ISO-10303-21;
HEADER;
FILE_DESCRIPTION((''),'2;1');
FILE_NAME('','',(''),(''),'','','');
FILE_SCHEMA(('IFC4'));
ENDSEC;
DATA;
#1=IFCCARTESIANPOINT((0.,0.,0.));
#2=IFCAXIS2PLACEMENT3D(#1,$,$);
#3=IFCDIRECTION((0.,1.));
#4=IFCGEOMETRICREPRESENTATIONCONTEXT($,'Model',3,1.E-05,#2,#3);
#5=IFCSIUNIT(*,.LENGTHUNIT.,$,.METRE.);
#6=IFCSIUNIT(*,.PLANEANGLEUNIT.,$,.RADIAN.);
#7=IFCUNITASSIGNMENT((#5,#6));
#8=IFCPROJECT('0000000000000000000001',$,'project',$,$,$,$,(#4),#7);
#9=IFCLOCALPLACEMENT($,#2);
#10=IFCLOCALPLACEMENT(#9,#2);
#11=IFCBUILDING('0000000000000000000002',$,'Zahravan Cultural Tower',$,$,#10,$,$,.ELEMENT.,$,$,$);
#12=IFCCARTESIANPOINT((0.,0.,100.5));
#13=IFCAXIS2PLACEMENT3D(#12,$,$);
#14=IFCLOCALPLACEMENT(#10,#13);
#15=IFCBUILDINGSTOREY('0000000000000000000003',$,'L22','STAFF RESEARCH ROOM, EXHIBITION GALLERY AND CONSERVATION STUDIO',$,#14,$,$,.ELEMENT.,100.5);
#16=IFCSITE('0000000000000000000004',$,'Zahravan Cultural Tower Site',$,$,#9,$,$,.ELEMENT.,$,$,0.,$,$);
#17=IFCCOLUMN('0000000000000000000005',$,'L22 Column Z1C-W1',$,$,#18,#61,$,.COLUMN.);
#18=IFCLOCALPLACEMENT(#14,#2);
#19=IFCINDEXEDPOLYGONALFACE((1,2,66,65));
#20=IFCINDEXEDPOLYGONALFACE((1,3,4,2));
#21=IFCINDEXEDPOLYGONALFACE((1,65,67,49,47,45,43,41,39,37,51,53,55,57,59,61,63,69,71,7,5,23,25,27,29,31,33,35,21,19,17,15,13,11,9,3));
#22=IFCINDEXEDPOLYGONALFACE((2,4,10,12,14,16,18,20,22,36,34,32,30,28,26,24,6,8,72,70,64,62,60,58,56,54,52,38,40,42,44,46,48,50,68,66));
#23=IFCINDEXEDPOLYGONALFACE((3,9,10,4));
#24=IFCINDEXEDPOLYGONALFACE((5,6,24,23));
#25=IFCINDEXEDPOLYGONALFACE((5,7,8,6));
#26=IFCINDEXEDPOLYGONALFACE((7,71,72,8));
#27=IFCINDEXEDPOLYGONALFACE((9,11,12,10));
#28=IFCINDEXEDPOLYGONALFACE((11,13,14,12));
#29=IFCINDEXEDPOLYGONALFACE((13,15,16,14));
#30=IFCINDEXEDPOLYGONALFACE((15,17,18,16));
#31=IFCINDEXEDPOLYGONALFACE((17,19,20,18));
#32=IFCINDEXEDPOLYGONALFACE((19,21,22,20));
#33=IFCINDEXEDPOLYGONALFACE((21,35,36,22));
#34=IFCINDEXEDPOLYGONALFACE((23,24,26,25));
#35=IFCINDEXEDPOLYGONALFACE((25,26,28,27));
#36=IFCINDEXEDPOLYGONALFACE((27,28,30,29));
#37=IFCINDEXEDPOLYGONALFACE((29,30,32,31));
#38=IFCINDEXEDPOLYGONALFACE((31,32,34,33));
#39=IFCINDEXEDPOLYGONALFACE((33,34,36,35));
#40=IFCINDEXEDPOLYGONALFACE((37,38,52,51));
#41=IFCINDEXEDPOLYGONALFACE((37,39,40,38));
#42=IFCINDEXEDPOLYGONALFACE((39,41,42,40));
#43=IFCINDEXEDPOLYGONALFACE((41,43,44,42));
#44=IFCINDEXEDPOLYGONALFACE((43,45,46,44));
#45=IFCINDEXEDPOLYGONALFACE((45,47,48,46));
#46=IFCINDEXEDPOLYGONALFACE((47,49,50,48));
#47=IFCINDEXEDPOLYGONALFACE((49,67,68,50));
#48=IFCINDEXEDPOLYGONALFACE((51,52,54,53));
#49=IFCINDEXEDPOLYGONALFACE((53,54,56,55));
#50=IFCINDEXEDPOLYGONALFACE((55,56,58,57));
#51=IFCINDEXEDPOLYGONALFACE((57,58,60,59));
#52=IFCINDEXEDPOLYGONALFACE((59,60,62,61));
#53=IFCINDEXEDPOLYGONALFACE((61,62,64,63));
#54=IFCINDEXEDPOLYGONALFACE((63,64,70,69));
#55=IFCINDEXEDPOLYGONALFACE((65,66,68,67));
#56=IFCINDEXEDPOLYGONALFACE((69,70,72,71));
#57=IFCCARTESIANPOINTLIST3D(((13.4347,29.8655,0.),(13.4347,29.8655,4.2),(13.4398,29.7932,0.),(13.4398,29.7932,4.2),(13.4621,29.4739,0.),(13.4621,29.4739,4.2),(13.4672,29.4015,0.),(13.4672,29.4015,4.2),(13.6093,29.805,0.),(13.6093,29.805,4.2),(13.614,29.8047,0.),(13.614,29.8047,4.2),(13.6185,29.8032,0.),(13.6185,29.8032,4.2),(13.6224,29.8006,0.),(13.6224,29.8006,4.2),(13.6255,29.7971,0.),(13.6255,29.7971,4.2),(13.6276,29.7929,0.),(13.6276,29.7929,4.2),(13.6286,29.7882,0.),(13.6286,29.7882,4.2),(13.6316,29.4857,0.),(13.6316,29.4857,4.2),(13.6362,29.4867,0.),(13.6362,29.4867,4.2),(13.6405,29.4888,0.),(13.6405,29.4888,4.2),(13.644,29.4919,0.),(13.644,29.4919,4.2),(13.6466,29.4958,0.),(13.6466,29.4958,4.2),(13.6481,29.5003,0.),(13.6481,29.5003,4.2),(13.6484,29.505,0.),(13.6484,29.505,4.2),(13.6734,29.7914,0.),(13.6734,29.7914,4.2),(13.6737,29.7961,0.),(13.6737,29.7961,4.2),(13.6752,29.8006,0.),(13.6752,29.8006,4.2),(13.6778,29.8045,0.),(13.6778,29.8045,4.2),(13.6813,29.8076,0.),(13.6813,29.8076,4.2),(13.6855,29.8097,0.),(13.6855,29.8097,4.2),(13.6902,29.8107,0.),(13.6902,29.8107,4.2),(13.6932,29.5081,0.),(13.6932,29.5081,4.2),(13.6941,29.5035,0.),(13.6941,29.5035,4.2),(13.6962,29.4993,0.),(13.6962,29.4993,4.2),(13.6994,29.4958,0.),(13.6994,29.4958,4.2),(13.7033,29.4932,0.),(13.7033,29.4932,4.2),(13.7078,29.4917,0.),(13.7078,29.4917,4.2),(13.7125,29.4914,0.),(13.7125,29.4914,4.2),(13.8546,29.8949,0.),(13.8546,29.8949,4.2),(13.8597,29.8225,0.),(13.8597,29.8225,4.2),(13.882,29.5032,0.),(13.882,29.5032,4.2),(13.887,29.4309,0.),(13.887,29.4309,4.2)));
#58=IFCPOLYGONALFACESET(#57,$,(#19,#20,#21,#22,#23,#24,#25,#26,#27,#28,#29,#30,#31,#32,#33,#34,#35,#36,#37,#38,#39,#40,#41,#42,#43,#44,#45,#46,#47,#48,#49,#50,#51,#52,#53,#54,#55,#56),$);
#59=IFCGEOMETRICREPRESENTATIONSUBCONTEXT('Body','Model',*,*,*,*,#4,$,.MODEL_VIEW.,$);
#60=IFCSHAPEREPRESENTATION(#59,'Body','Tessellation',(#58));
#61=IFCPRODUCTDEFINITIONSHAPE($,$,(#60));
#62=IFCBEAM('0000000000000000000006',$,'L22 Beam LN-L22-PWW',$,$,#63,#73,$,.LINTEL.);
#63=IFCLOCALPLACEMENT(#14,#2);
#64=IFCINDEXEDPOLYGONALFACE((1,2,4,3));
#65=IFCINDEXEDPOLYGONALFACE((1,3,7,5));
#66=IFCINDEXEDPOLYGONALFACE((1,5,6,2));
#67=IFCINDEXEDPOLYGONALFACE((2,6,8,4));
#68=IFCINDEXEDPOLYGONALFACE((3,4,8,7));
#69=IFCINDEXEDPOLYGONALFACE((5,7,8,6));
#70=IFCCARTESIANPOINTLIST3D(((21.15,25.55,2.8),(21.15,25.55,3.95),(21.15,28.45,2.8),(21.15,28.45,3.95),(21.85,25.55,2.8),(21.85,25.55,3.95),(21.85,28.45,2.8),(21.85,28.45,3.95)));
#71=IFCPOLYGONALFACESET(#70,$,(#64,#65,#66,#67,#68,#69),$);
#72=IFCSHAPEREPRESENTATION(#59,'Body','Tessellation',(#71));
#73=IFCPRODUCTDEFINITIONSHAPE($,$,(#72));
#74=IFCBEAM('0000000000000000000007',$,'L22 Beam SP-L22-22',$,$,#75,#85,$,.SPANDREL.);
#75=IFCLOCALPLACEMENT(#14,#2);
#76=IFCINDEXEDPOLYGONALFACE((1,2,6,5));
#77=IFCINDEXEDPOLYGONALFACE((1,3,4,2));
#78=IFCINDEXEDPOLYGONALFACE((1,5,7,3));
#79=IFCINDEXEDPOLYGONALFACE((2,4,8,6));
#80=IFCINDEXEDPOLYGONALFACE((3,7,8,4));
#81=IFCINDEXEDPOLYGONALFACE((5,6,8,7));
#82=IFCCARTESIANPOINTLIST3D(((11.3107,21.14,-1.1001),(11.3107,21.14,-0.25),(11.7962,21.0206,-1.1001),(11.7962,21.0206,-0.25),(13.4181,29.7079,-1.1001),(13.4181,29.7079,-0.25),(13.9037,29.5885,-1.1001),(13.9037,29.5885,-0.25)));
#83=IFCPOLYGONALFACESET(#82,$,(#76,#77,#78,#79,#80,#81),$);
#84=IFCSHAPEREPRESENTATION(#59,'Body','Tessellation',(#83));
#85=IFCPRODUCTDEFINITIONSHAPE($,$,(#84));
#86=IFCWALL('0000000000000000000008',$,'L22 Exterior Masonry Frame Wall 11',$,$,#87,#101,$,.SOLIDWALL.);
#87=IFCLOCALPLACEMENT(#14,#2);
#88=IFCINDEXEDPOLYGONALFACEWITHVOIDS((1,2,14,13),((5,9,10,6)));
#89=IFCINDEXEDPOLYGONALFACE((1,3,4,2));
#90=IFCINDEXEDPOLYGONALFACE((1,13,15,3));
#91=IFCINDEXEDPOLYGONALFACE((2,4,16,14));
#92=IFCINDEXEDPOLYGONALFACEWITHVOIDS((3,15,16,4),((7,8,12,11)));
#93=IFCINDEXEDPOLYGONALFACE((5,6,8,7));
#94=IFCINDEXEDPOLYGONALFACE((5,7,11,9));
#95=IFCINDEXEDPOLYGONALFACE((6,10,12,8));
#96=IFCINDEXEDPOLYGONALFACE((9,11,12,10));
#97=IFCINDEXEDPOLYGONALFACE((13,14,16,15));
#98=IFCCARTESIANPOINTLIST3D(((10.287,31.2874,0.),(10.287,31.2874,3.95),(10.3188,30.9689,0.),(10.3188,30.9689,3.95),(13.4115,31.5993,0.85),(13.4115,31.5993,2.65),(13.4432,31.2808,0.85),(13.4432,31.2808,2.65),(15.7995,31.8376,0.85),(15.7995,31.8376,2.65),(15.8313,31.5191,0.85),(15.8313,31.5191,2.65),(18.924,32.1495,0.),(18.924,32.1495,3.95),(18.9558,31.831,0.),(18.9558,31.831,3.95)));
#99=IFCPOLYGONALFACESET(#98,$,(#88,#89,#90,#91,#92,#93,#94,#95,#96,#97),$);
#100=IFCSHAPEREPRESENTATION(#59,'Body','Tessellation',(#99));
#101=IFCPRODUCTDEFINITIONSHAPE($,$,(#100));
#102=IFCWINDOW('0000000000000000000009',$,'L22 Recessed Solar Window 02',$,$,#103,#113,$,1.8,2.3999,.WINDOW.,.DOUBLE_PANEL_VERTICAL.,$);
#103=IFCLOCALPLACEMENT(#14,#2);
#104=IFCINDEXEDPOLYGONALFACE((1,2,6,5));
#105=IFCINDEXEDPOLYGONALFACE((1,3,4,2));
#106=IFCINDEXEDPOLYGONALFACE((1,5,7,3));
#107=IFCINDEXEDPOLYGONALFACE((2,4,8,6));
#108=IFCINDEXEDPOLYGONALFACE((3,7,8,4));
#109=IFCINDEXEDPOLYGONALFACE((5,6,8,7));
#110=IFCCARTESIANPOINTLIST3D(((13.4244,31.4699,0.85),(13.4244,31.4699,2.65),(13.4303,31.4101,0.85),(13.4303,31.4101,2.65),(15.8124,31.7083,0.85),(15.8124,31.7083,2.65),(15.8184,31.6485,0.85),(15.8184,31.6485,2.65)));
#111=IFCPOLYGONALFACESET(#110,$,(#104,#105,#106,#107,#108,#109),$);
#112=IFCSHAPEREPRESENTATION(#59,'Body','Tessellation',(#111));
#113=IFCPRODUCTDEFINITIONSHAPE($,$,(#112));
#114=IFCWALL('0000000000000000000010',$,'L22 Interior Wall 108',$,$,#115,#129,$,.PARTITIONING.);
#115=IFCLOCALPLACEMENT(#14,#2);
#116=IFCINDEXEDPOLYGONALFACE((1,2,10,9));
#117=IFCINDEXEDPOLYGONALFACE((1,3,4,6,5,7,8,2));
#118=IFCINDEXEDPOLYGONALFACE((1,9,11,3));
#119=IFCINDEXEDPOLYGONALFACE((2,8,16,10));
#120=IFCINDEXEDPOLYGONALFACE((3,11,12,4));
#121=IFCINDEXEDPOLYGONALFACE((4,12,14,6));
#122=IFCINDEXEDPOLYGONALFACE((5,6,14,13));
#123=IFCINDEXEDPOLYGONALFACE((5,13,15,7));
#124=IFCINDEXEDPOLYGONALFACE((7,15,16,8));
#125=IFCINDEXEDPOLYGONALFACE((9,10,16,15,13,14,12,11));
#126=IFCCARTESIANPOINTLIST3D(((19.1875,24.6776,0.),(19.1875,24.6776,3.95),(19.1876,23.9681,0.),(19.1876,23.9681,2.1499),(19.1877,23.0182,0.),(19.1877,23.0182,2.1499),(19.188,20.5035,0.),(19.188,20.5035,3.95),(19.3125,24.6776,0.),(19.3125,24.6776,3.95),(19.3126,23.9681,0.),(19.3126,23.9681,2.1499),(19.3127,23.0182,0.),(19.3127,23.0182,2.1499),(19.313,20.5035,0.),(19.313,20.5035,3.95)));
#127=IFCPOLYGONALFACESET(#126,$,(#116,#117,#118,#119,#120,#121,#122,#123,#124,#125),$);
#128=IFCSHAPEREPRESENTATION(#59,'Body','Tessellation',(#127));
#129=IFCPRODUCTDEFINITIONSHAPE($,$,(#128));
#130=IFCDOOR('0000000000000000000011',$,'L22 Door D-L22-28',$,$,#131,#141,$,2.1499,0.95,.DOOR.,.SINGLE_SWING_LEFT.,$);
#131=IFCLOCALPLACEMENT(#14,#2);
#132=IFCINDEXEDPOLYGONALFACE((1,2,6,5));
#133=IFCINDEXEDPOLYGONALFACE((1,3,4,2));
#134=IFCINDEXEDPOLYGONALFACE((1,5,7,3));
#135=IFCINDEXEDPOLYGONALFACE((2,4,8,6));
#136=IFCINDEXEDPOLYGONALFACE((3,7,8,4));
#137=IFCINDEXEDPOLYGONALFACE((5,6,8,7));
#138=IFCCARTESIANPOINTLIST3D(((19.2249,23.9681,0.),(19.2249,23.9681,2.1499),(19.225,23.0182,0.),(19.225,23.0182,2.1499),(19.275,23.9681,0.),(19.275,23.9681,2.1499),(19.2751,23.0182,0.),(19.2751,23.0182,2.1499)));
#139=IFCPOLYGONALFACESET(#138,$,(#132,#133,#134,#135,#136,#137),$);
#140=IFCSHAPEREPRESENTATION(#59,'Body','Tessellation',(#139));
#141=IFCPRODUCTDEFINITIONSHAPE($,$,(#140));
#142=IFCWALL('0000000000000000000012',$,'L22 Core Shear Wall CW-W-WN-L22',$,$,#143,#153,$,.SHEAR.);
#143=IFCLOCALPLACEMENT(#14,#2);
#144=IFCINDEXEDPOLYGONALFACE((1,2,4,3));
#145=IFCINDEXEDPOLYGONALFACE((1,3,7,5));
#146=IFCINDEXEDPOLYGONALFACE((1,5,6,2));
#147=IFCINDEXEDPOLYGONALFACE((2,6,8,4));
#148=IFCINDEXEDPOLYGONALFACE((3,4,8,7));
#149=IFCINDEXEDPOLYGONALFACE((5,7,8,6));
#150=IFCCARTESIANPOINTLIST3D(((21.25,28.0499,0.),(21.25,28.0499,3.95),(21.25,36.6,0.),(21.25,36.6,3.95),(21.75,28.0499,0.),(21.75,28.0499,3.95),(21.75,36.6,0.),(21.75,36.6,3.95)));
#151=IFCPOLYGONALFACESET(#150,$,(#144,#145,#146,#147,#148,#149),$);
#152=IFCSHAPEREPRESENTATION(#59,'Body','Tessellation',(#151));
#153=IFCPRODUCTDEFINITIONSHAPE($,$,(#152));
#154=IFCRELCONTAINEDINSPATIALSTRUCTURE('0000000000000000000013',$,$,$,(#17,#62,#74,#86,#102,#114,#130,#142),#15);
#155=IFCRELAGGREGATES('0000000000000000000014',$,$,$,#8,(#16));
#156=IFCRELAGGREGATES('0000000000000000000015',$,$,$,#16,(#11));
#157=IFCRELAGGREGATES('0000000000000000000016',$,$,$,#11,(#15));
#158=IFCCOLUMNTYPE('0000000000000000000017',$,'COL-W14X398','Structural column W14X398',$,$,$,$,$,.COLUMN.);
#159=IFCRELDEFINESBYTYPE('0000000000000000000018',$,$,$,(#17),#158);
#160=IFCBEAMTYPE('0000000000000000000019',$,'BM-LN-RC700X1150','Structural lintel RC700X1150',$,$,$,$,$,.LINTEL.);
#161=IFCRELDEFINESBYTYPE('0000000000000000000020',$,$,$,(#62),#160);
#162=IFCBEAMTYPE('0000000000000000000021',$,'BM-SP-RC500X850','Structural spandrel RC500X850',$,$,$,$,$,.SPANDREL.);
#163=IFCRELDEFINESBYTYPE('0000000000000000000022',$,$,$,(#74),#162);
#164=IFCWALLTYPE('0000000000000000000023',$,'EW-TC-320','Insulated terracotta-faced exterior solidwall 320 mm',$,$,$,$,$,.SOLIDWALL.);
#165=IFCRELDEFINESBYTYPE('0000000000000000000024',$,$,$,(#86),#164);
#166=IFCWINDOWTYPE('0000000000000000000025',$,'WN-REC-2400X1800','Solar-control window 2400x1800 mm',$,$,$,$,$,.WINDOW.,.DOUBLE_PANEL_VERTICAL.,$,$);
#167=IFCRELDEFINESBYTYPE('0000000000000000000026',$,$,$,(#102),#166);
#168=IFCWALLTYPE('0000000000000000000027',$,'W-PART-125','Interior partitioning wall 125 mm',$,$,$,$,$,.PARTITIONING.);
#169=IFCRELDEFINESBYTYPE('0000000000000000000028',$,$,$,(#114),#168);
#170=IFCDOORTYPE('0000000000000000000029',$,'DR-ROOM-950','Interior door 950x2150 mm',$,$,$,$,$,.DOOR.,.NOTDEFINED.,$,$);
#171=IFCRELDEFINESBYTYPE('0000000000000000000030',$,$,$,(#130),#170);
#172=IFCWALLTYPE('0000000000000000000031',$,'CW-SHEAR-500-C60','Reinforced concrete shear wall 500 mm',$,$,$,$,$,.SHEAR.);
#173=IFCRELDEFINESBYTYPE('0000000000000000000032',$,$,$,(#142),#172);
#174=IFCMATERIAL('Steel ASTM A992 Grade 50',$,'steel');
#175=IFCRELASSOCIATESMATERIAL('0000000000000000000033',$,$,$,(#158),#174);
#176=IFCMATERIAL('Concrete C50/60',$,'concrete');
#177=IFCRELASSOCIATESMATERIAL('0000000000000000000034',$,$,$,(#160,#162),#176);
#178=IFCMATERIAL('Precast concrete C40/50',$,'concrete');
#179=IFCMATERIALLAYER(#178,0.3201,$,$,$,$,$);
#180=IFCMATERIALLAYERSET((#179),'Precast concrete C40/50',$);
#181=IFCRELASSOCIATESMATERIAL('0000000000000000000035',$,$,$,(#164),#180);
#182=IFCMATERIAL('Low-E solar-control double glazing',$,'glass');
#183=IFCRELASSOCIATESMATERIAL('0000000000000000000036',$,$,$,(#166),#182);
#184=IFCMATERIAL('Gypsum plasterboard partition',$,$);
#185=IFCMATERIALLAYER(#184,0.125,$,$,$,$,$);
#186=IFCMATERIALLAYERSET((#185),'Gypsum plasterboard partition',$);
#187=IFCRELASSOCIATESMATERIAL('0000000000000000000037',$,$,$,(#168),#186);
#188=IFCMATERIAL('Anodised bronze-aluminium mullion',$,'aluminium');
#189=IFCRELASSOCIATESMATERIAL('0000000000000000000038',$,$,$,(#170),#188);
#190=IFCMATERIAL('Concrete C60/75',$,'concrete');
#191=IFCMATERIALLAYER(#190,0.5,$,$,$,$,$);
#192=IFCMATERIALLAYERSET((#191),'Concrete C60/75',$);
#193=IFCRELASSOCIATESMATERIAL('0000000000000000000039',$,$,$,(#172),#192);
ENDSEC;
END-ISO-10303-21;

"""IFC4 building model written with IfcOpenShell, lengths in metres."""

from ifc_helpers import new_model, si_unit, direction, frame, frame_2d, origin, origin_2d, place, context, subcontext, project, spatial, rectangle, i_section, extrude, source, transform, mapped, material, layer, layer_set, material_profile, profile_set, type_object, element, fill, save


model = new_model("IFC4")

# Units and contexts
model_context = context("Model", 3, precision=1e-05, world=origin(), true_north=direction((0.0, 1.0)))
body_context = subcontext(model_context, "Body", "Model", "MODEL_VIEW")
ifc_project = project(units=[si_unit("LENGTHUNIT", "METRE"), si_unit("PLANEANGLEUNIT", "RADIAN")], contexts=[model_context])

# Site, building, storey
site_placement = place(None, origin())
site = spatial("IfcSite", under=ifc_project, at=site_placement, Name="Zahravan Cultural Tower Site", CompositionType="ELEMENT", RefElevation=0.0)
building_placement = place(site_placement, origin())
building = spatial("IfcBuilding", under=site, at=building_placement, Name="Zahravan Cultural Tower", CompositionType="ELEMENT")
storey_placement = place(building_placement, frame((0.0, 0.0, 100.5)))
storey = spatial("IfcBuildingStorey", under=building, at=storey_placement, Name="L22", Description="STAFF RESEARCH ROOM, EXHIBITION GALLERY AND CONSERVATION STUDIO", CompositionType="ELEMENT", Elevation=100.5)

# Column
ifc_material_1 = material(Name="Steel ASTM A992 Grade 50", Category="steel")
ifc_material_profile_1 = material_profile(ifc_material_1, i_section(OverallWidth=0.4209, OverallDepth=0.4651, WebThickness=0.0449, FlangeThickness=0.0725, FilletRadius=0.0181, at=origin_2d()), Name="W14X398")
ifc_profile_set_1 = profile_set([ifc_material_profile_1], Name="Steel ASTM A992 Grade 50")
column_type = type_object("IfcColumnType", Name="COL-W14X398", Description="Structural column W14X398", PredefinedType="COLUMN", material=ifc_profile_set_1)
shared_shape_1 = source(origin(), body_context, "Body", "SweptSolid", [
    extrude(i_section(OverallWidth=0.4209, OverallDepth=0.4651, WebThickness=0.0449, FlangeThickness=0.0725, FilletRadius=0.0181, at=origin_2d()), origin(), (0.0, 0.0, 1.0), 4.2),
])
column_placement = place(storey_placement, frame((13.6609, 29.6482, 0.0), z_axis=(0.0, 0.0, 1.0), x_axis=(0.997564, 0.069756, 0.0)))
element("IfcColumn", 1, at=column_placement, inside=storey, type_object=column_type, Name="L22 Column Z1C-W1", PredefinedType="COLUMN", context=body_context, shape_type="MappedRepresentation", body=[
    mapped(shared_shape_1, transform((0.0, 0.0, 0.0), x_axis=(1.0, 0.0, 0.0), y_axis=(0.0, 1.0, 0.0), z_axis=(0.0, 0.0, 1.0), scale=1.0)),
])

# Beams
ifc_material_2 = material(Name="Concrete C50/60", Category="concrete")
ifc_material_profile_2 = material_profile(ifc_material_2, rectangle(XDim=0.7, YDim=1.1499, at=origin_2d()), Name="RC700X1150")
ifc_profile_set_2 = profile_set([ifc_material_profile_2], Name="Concrete C50/60")
beam_type_1 = type_object("IfcBeamType", Name="BM-LN-RC700X1150", Description="Structural lintel RC700X1150", PredefinedType="LINTEL", material=ifc_profile_set_2)
shared_shape_2 = source(origin(), body_context, "Body", "SweptSolid", [
    extrude(rectangle(XDim=0.7, YDim=1.1499, at=origin_2d()), origin(), (0.0, 0.0, 1.0), 2.8999),
])
beam_1_placement = place(storey_placement, frame((21.5, 25.55, 3.375), z_axis=(0.0, 1.0, 0.0), x_axis=(-1.0, 0.0, 0.0)))
element("IfcBeam", 2, at=beam_1_placement, inside=storey, type_object=beam_type_1, Name="L22 Beam LN-L22-PWW", PredefinedType="LINTEL", context=body_context, shape_type="MappedRepresentation", body=[
    mapped(shared_shape_2, transform((0.0, 0.0, 0.0), x_axis=(1.0, 0.0, 0.0), y_axis=(0.0, 1.0, 0.0), z_axis=(0.0, 0.0, 1.0), scale=1.0)),
])
ifc_material_profile_3 = material_profile(ifc_material_2, rectangle(XDim=0.5, YDim=0.8501, at=origin_2d()), Name="RC500X850")
ifc_profile_set_3 = profile_set([ifc_material_profile_3], Name="Concrete C50/60")
beam_type_2 = type_object("IfcBeamType", Name="BM-SP-RC500X850", Description="Structural spandrel RC500X850", PredefinedType="SPANDREL", material=ifc_profile_set_3)
shared_shape_3 = source(origin(), body_context, "Body", "SweptSolid", [
    extrude(rectangle(XDim=0.5, YDim=0.8501, at=origin_2d()), origin(), (0.0, 0.0, 1.0), 8.8232),
])
beam_2_placement = place(storey_placement, frame((13.6609, 29.6482, -0.675), z_axis=(-0.238849, -0.971057, 0.0), x_axis=(0.971057, -0.238849, 0.0)))
element("IfcBeam", 3, at=beam_2_placement, inside=storey, type_object=beam_type_2, Name="L22 Beam SP-L22-22", PredefinedType="SPANDREL", context=body_context, shape_type="MappedRepresentation", body=[
    mapped(shared_shape_3, transform((0.0, 0.0, 0.0), x_axis=(1.0, 0.0, 0.0), y_axis=(0.0, 1.0, 0.0), z_axis=(0.0, 0.0, 1.0), scale=1.0)),
])

# Wall, opening, window
ifc_material_3 = material(Name="Precast concrete C40/50", Category="concrete")
ifc_layer_1 = layer(ifc_material_3, 0.3201)
ifc_layer_set_1 = layer_set([ifc_layer_1], Name="Precast concrete C40/50")
wall_type_1 = type_object("IfcWallType", Name="EW-TC-320", Description="Insulated terracotta-faced exterior solidwall 320 mm", PredefinedType="SOLIDWALL", material=ifc_layer_set_1)
wall_1_placement = place(storey_placement, frame((10.303, 31.1282, 0.0), z_axis=(0.0, 0.0, 1.0), x_axis=(0.995056, 0.099317, 0.0)))
wall_1 = element("IfcWall", 4, at=wall_1_placement, inside=storey, type_object=wall_type_1, Name="L22 Exterior Masonry Frame Wall 11", PredefinedType="SOLIDWALL", context=body_context, shape_type="SweptSolid", body=[
    extrude(rectangle(XDim=8.6799, YDim=0.3201, at=frame_2d((4.3398, 0.0))), origin(), (0.0, 0.0, 1.0), 3.95),
])
opening_1_placement = place(wall_1_placement, frame((3.1399, 0.0, 0.8501)))
opening_1 = element("IfcOpeningElement", 5, at=opening_1_placement, cuts=wall_1, PredefinedType="OPENING", context=body_context, shape_type="SweptSolid", body=[
    extrude(rectangle(XDim=2.3999, YDim=1.8, at=frame_2d((1.2, 0.8999))), frame((0.0, 0.1699, 0.0), z_axis=(0.0, -1.0, 0.0), x_axis=(1.0, 0.0, 0.0)), (0.0, 0.0, 1.0), 0.3401),
])
ifc_material_4 = material(Name="Low-E solar-control double glazing", Category="glass")
window_type = type_object("IfcWindowType", Name="WN-REC-2400X1800", Description="Solar-control window 2400x1800 mm", PartitioningType="DOUBLE_PANEL_VERTICAL", PredefinedType="WINDOW", material=ifc_material_4)
shared_shape_4 = source(origin(), body_context, "Body", "SweptSolid", [
    extrude(rectangle(XDim=2.3999, YDim=1.8, at=frame_2d((1.2, 0.8999))), frame((0.0, 0.03, 0.0), z_axis=(0.0, -1.0, 0.0), x_axis=(1.0, 0.0, 0.0)), (0.0, 0.0, 1.0), 0.0601),
])
window_placement = place(opening_1_placement, origin())
window = element("IfcWindow", 6, at=window_placement, inside=storey, type_object=window_type, Name="L22 Recessed Solar Window 02", OverallHeight=1.8, OverallWidth=2.3999, PartitioningType="DOUBLE_PANEL_VERTICAL", PredefinedType="WINDOW", context=body_context, shape_type="MappedRepresentation", body=[
    mapped(shared_shape_4, transform((0.0, 0.0, 0.0), x_axis=(1.0, 0.0, 0.0), y_axis=(0.0, 1.0, 0.0), z_axis=(0.0, 0.0, 1.0), scale=1.0)),
])
fill(opening_1, window)

# Wall, opening, door
ifc_material_5 = material(Name="Gypsum plasterboard partition")
ifc_layer_2 = layer(ifc_material_5, 0.125)
ifc_layer_set_2 = layer_set([ifc_layer_2], Name="Gypsum plasterboard partition")
wall_type_2 = type_object("IfcWallType", Name="W-PART-125", Description="Interior partitioning wall 125 mm", PredefinedType="PARTITIONING", material=ifc_layer_set_2)
wall_2_placement = place(storey_placement, frame((19.25, 24.6775, 0.0), z_axis=(0.0, 0.0, 1.0), x_axis=(0.000117, -1.0, 0.0)))
wall_2 = element("IfcWall", 7, at=wall_2_placement, inside=storey, type_object=wall_type_2, Name="L22 Interior Wall 108", PredefinedType="PARTITIONING", context=body_context, shape_type="SweptSolid", body=[
    extrude(rectangle(XDim=4.1741, YDim=0.125, at=frame_2d((2.0869, 0.0))), origin(), (0.0, 0.0, 1.0), 3.95),
])
opening_2_placement = place(wall_2_placement, frame((0.7092, 0.0, 0.0)))
opening_2 = element("IfcOpeningElement", 8, at=opening_2_placement, cuts=wall_2, PredefinedType="OPENING", context=body_context, shape_type="SweptSolid", body=[
    extrude(rectangle(XDim=0.95, YDim=2.1499, at=frame_2d((0.4751, 1.075))), frame((0.0, 0.0725, 0.0), z_axis=(0.0, -1.0, 0.0), x_axis=(1.0, 0.0, 0.0)), (0.0, 0.0, 1.0), 0.145),
])
ifc_material_6 = material(Name="Anodised bronze-aluminium mullion", Category="aluminium")
door_type = type_object("IfcDoorType", Name="DR-ROOM-950", Description="Interior door 950x2150 mm", OperationType="NOTDEFINED", PredefinedType="DOOR", material=ifc_material_6)
shared_shape_5 = source(origin(), body_context, "Body", "SweptSolid", [
    extrude(rectangle(XDim=0.95, YDim=2.1499, at=frame_2d((0.4751, 1.075))), frame((0.0, 0.0249, 0.0), z_axis=(0.0, -1.0, 0.0), x_axis=(1.0, 0.0, 0.0)), (0.0, 0.0, 1.0), 0.05),
])
door_placement = place(opening_2_placement, origin())
door = element("IfcDoor", 9, at=door_placement, inside=storey, type_object=door_type, Name="L22 Door D-L22-28", OperationType="SINGLE_SWING_LEFT", OverallHeight=2.1499, OverallWidth=0.95, PredefinedType="DOOR", context=body_context, shape_type="MappedRepresentation", body=[
    mapped(shared_shape_5, transform((0.0, 0.0, 0.0), x_axis=(1.0, 0.0, 0.0), y_axis=(0.0, 1.0, 0.0), z_axis=(0.0, 0.0, 1.0), scale=1.0)),
])
fill(opening_2, door)

# Wall
ifc_material_7 = material(Name="Concrete C60/75", Category="concrete")
ifc_layer_3 = layer(ifc_material_7, 0.5)
ifc_layer_set_3 = layer_set([ifc_layer_3], Name="Concrete C60/75")
wall_type_3 = type_object("IfcWallType", Name="CW-SHEAR-500-C60", Description="Reinforced concrete shear wall 500 mm", PredefinedType="SHEAR", material=ifc_layer_set_3)
shared_shape_6 = source(origin(), body_context, "Body", "SweptSolid", [
    extrude(rectangle(XDim=8.55, YDim=0.5, at=frame_2d((4.2749, 0.0))), origin(), (0.0, 0.0, 1.0), 3.95),
])
wall_3_placement = place(storey_placement, frame((21.5, 28.05, 0.0), z_axis=(0.0, 0.0, 1.0), x_axis=(0.0, 1.0, 0.0)))
element("IfcWall", 10, at=wall_3_placement, inside=storey, type_object=wall_type_3, Name="L22 Core Shear Wall CW-W-WN-L22", PredefinedType="SHEAR", context=body_context, shape_type="MappedRepresentation", body=[
    mapped(shared_shape_6, transform((0.0, 0.0, 0.0), x_axis=(1.0, 0.0, 0.0), y_axis=(0.0, 1.0, 0.0), z_axis=(0.0, 0.0, 1.0), scale=1.0)),
])

save(model, "model.ifc")
